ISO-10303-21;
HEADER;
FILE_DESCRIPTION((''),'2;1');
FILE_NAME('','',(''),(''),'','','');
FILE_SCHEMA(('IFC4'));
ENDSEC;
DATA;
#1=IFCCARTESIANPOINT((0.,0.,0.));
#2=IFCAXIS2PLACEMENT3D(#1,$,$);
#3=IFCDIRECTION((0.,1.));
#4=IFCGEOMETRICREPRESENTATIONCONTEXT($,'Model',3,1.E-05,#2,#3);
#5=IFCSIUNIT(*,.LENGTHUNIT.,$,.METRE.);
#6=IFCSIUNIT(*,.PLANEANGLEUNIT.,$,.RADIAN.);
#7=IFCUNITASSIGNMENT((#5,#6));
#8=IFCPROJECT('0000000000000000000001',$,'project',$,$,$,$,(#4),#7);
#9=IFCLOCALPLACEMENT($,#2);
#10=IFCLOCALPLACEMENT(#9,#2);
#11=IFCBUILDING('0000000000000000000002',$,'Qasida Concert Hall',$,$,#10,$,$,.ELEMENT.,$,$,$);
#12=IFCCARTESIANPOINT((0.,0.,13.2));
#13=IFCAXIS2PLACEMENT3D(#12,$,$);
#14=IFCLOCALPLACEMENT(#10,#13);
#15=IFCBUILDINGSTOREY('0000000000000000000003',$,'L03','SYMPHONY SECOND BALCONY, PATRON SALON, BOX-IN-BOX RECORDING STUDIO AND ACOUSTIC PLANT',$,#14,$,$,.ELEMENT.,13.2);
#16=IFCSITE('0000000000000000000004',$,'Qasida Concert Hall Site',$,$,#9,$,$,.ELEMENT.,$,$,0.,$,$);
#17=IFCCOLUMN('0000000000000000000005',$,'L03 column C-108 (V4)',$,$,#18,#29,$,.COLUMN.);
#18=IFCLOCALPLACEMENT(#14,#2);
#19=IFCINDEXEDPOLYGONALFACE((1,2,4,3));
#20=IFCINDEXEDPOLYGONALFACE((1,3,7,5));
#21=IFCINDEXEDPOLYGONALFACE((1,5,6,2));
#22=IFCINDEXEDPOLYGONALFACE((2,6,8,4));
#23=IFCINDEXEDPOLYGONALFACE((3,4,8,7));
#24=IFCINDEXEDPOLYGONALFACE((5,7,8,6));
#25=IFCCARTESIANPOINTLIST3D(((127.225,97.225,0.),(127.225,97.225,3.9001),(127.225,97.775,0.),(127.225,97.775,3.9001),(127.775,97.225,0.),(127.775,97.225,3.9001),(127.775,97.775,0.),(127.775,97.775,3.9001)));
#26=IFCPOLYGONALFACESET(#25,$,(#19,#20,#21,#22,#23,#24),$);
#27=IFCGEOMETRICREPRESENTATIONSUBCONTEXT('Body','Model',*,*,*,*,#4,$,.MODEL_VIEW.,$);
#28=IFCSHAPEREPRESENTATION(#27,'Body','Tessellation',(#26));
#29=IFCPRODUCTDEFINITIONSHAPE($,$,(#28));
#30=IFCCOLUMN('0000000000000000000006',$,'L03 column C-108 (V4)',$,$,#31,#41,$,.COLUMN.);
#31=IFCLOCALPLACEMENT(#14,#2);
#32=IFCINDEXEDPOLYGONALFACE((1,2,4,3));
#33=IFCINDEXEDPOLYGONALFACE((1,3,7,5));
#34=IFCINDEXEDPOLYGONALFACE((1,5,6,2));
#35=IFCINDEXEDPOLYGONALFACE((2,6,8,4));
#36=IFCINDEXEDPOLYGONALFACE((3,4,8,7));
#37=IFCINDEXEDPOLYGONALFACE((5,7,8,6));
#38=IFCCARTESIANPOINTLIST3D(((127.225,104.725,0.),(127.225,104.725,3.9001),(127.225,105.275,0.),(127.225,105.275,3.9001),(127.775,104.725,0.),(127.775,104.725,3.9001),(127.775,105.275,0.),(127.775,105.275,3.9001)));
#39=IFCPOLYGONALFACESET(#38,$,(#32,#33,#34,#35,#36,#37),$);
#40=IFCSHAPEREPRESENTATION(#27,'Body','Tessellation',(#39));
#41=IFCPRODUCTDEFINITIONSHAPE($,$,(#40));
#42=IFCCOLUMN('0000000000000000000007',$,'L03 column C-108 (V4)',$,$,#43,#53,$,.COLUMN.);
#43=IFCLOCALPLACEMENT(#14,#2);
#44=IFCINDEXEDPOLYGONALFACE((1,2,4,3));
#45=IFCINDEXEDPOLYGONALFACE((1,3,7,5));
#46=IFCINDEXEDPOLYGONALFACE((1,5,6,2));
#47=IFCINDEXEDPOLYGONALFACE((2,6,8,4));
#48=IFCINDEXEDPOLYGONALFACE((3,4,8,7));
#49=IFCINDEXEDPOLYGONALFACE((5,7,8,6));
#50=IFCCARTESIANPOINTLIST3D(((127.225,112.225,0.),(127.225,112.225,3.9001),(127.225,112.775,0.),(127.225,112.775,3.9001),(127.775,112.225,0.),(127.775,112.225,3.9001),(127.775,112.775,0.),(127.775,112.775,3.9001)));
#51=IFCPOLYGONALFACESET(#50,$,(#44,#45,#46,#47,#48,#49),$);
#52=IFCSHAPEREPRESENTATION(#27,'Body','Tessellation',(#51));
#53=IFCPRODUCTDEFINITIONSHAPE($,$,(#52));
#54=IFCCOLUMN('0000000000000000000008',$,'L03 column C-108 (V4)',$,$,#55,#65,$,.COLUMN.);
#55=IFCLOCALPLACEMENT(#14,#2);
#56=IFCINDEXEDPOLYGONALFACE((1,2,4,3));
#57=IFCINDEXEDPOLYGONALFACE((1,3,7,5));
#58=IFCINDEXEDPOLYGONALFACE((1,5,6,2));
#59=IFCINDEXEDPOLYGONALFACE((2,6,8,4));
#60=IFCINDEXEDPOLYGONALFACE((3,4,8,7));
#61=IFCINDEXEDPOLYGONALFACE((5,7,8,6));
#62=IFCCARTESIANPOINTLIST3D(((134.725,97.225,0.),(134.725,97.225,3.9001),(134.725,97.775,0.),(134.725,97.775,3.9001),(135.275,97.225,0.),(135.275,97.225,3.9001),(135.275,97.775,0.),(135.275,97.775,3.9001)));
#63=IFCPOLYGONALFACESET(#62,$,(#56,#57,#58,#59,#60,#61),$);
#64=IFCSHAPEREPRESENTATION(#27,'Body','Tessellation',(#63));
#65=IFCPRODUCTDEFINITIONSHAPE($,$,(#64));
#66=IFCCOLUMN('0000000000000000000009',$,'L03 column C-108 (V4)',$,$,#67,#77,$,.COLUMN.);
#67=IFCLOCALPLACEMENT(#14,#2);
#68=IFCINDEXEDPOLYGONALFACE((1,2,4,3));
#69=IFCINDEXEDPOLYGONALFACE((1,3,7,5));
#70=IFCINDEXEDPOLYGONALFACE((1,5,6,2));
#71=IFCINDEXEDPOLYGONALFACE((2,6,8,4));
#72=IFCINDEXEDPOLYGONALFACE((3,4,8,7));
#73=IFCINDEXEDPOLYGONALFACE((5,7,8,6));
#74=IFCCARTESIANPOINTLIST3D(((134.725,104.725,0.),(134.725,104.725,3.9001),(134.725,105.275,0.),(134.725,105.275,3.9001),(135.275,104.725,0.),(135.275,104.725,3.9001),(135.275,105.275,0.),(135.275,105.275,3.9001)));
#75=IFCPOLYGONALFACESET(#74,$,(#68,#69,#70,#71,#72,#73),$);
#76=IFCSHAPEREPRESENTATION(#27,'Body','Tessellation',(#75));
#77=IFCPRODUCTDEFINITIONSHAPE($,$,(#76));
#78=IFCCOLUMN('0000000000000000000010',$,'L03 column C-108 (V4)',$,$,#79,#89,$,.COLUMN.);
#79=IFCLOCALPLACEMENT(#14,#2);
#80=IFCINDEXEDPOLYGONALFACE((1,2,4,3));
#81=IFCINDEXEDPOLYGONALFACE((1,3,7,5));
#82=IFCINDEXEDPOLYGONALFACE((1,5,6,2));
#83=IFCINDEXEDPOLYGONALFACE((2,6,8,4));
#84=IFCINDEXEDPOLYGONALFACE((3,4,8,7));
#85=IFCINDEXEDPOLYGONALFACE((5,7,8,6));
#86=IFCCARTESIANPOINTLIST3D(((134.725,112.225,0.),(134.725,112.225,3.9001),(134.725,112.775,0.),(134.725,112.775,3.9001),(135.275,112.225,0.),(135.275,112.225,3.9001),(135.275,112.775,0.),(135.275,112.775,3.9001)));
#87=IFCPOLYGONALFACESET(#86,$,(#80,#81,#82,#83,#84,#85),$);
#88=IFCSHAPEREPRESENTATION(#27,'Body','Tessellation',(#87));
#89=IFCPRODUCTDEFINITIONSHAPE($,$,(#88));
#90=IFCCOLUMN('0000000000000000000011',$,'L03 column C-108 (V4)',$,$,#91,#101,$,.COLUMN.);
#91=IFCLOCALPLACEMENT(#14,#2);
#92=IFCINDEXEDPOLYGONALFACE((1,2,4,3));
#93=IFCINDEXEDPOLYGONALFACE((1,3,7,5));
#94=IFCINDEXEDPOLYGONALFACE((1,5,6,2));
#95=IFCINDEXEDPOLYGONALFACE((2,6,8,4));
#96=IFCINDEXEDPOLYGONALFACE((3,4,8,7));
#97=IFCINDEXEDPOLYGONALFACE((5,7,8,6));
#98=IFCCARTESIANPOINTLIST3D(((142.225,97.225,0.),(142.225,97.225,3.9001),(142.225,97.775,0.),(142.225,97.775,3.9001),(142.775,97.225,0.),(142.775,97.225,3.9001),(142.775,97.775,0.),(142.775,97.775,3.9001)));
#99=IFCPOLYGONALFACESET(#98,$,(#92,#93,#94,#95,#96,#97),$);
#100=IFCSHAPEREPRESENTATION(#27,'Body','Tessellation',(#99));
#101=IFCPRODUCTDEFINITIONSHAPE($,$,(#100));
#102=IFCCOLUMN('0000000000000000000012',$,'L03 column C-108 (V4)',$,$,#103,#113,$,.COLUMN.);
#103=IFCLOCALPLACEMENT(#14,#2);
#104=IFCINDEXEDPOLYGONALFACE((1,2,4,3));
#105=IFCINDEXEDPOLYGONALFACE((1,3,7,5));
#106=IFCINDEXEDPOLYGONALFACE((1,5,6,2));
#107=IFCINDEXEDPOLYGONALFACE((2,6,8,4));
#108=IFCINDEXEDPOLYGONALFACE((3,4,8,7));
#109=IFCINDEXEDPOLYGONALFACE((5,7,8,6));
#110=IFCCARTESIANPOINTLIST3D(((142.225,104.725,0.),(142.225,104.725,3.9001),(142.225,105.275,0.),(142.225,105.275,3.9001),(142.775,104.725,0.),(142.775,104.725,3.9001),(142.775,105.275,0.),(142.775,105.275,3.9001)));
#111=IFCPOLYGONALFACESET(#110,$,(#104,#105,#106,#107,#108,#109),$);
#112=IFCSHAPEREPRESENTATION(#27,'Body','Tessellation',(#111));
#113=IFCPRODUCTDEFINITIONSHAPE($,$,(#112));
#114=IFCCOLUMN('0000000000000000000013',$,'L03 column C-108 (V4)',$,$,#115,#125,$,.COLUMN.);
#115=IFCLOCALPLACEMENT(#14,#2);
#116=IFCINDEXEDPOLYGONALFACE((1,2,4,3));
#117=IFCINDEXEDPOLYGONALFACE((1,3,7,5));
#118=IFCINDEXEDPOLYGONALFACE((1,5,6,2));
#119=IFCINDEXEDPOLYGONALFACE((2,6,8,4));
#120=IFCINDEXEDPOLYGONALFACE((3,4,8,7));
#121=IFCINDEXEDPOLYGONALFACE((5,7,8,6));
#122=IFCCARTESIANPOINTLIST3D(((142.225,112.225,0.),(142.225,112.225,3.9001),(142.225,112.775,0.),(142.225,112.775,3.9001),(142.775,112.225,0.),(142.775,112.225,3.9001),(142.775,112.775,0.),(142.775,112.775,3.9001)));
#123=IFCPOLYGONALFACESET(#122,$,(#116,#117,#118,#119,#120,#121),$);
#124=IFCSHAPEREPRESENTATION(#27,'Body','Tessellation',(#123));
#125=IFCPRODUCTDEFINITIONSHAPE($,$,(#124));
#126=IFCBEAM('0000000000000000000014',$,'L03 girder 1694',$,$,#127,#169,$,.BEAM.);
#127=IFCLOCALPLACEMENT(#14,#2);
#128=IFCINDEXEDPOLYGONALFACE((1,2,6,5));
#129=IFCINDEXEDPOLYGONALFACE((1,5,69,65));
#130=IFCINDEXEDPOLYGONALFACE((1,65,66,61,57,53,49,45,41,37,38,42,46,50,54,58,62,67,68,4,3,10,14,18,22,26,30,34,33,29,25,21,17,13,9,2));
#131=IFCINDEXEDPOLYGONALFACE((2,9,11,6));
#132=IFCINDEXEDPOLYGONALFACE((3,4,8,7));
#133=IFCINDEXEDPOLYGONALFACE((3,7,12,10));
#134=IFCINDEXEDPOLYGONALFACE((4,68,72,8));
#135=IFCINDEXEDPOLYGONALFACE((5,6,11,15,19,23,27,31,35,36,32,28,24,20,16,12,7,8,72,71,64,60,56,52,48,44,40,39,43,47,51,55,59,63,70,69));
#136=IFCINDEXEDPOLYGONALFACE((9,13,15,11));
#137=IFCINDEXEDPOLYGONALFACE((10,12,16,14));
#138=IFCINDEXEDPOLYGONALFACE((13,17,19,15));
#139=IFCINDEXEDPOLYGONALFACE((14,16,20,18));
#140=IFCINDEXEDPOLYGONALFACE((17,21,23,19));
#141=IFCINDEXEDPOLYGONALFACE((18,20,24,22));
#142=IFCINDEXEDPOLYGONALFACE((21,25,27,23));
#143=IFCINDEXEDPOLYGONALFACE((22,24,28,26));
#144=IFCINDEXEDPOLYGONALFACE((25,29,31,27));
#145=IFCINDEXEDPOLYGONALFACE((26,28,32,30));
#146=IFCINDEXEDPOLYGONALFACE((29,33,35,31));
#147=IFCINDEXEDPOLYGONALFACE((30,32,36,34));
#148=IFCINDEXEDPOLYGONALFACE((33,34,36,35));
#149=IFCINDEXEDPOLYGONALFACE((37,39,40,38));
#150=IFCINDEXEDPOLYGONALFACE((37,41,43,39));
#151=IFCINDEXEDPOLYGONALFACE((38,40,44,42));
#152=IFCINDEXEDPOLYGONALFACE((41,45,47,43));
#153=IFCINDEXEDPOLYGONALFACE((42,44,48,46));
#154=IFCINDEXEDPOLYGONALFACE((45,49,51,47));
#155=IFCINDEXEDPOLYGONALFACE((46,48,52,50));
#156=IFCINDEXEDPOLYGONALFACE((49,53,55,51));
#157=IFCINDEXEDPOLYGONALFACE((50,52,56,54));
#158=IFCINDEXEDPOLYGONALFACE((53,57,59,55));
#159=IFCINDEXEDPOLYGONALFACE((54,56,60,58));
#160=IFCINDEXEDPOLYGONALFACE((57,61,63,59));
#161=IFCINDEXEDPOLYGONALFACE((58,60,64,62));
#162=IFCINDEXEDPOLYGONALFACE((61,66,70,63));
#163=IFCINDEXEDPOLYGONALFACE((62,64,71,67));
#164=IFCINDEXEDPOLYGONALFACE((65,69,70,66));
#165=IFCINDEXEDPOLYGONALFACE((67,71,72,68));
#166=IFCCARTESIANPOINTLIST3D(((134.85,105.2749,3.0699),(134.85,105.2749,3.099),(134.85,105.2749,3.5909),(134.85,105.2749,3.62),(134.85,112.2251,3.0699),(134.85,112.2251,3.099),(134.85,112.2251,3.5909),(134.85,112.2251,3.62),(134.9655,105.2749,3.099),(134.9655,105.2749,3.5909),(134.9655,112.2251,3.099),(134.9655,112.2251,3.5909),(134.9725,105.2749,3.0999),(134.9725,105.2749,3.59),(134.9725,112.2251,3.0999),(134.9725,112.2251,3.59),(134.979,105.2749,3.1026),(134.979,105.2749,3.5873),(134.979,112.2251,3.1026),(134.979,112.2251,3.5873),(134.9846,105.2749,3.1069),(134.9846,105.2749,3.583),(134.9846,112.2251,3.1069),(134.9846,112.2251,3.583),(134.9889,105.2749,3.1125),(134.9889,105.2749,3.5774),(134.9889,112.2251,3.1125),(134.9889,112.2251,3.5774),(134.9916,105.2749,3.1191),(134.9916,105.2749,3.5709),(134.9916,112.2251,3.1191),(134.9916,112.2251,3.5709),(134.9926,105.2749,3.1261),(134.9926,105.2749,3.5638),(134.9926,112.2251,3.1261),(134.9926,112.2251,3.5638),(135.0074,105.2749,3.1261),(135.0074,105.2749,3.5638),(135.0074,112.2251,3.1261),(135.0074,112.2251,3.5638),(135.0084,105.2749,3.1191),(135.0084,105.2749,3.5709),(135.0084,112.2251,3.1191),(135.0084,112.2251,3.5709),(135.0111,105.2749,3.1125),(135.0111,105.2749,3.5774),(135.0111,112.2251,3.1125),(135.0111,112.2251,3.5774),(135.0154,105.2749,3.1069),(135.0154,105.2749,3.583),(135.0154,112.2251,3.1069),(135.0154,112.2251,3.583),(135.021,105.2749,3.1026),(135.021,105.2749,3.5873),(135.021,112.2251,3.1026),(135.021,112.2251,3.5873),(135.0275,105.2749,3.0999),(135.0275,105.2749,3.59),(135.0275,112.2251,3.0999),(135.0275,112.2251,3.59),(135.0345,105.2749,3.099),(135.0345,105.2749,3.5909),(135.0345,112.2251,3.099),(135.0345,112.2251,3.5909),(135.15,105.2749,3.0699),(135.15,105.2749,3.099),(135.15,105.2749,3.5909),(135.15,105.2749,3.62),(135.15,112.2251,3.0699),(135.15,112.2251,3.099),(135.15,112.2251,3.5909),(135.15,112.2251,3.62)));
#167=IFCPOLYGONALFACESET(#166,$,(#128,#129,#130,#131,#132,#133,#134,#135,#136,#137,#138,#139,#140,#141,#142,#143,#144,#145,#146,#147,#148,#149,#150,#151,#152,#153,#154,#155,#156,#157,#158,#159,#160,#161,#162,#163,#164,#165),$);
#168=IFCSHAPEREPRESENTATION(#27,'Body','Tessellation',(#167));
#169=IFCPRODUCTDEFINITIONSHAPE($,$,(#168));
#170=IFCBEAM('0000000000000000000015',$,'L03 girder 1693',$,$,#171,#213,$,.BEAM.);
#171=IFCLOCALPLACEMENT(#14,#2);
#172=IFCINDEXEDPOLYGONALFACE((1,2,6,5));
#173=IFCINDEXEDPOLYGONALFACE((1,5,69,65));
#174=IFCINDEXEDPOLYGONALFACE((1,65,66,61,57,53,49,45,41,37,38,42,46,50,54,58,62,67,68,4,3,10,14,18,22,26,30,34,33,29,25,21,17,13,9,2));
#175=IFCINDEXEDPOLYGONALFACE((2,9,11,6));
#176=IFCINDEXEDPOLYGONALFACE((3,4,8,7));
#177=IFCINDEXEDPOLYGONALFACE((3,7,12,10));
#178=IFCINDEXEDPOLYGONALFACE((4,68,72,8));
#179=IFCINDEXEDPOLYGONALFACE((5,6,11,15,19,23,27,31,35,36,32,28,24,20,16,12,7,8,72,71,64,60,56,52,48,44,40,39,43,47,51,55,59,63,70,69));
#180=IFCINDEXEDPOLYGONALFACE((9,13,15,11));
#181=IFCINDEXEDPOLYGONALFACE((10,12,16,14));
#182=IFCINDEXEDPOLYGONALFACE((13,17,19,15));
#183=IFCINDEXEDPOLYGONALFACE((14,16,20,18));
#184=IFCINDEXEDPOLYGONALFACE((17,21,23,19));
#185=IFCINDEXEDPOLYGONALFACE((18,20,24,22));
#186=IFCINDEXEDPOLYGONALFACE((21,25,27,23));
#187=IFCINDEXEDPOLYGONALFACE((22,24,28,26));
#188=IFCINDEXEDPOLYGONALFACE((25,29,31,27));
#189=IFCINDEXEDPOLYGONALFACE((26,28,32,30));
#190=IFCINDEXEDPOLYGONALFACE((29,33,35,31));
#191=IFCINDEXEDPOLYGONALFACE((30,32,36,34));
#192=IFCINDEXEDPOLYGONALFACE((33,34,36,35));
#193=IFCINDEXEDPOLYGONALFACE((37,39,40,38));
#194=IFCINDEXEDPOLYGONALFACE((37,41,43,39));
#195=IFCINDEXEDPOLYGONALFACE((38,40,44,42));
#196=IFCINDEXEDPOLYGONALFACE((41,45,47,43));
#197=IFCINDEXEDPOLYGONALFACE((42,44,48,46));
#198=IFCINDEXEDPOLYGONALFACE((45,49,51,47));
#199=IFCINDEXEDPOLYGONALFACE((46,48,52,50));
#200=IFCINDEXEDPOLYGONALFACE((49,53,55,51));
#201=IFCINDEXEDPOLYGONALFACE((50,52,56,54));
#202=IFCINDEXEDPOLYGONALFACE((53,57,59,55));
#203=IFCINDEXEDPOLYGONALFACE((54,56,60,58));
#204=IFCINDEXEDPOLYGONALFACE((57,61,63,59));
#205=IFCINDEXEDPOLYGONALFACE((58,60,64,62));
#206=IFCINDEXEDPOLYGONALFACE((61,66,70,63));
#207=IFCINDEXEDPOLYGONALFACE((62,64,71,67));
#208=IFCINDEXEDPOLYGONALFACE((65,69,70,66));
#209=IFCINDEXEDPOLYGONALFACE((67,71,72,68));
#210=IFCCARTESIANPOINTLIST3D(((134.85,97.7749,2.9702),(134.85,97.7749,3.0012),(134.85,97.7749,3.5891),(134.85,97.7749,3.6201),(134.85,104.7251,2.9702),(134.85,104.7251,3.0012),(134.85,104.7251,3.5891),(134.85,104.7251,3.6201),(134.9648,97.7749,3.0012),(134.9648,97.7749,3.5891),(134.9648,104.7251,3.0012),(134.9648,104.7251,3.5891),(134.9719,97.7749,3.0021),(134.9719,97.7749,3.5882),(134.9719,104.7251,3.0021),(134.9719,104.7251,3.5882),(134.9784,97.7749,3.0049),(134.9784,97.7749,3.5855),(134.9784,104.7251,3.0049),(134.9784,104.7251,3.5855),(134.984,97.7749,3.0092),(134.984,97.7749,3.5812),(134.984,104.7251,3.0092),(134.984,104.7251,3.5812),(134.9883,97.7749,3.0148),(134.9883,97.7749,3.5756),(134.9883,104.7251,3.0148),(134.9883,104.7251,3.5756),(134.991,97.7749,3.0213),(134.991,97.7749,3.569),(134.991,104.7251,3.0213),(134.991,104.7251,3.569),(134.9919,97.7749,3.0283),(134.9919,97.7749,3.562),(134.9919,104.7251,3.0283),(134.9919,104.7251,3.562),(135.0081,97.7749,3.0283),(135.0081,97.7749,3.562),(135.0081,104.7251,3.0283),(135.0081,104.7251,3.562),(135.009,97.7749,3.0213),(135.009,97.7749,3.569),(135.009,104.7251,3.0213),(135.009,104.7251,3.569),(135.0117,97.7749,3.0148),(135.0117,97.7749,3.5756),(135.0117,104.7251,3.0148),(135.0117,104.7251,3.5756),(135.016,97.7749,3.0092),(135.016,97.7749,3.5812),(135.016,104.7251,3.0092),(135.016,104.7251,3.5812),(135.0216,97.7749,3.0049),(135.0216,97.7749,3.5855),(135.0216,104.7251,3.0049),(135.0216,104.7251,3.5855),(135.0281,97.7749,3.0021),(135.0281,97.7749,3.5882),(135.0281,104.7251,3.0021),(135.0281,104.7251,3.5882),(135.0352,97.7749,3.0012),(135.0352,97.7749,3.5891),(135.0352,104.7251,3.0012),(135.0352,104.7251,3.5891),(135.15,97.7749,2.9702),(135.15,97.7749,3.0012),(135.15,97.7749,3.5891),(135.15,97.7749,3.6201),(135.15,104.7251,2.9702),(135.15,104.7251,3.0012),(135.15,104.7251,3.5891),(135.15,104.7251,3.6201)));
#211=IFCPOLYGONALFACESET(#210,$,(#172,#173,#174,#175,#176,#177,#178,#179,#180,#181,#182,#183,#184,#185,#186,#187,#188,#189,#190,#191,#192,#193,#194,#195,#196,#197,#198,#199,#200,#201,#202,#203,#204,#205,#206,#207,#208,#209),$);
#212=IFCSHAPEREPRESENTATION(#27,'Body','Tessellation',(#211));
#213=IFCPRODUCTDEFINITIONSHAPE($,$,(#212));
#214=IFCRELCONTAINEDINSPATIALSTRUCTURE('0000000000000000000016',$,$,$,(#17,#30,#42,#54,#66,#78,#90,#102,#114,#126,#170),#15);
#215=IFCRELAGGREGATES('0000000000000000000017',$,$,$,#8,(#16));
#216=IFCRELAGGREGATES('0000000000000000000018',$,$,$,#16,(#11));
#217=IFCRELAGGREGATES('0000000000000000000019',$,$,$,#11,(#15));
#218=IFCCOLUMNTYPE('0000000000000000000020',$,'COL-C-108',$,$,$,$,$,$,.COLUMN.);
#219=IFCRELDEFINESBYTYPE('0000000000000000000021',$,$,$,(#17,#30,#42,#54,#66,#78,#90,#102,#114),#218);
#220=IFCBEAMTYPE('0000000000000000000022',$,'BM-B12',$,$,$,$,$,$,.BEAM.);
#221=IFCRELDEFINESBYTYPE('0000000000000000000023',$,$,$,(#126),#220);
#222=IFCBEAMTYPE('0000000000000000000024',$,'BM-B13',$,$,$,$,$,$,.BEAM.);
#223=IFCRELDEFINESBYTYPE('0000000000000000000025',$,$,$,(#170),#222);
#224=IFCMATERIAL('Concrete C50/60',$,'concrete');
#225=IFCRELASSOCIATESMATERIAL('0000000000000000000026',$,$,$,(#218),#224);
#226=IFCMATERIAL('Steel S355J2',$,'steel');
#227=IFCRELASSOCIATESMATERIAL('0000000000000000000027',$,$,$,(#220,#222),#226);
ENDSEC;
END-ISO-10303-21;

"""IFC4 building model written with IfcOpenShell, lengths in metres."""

from ifc_helpers import new_model, si_unit, direction, frame, origin, origin_2d, place, context, subcontext, project, spatial, rectangle, i_section, extrude, material, material_profile, profile_set, type_object, element, save


model = new_model("IFC4")

# Units and contexts
model_context = context("Model", 3, precision=1e-05, world=origin(), true_north=direction((0.0, 1.0)))
body_context = subcontext(model_context, "Body", "Model", "MODEL_VIEW")
ifc_project = project(units=[si_unit("LENGTHUNIT", "METRE"), si_unit("PLANEANGLEUNIT", "RADIAN")], contexts=[model_context])

# Site, building, storey
site_placement = place(None, origin())
site = spatial("IfcSite", under=ifc_project, at=site_placement, Name="Qasida Concert Hall Site", CompositionType="ELEMENT", RefElevation=0.0)
building_placement = place(site_placement, origin())
building = spatial("IfcBuilding", under=site, at=building_placement, Name="Qasida Concert Hall", CompositionType="ELEMENT")
storey_placement = place(building_placement, frame((0.0, 0.0, 13.2)))
storey = spatial("IfcBuildingStorey", under=building, at=storey_placement, Name="L03", Description="SYMPHONY SECOND BALCONY, PATRON SALON, BOX-IN-BOX RECORDING STUDIO AND ACOUSTIC PLANT", CompositionType="ELEMENT", Elevation=13.2)

# Columns
ifc_material_1 = material(Name="Concrete C50/60", Category="concrete")
ifc_material_profile_1 = material_profile(ifc_material_1, rectangle(XDim=0.55, YDim=0.55, at=origin_2d()), Name="RC 550x550")
ifc_profile_set_1 = profile_set([ifc_material_profile_1], Name="Concrete C50/60")
column_type = type_object("IfcColumnType", Name="COL-C-108", PredefinedType="COLUMN", material=ifc_profile_set_1)
for number, where, z_axis, x_axis, name in (
    (1, (127.5, 97.5, 0.0), (0.0, 0.0, 1.0), (1.0, 0.0, 0.0), "L03 column C-108 (V4)"),
    (2, (127.5, 105.0, 0.0), (0.0, 0.0, 1.0), (1.0, 0.0, 0.0), "L03 column C-108 (V4)"),
    (3, (127.5, 112.5, 0.0), (0.0, 0.0, 1.0), (1.0, 0.0, 0.0), "L03 column C-108 (V4)"),
    (4, (135.0, 97.5, 0.0), (0.0, 0.0, 1.0), (1.0, 0.0, 0.0), "L03 column C-108 (V4)"),
    (5, (135.0, 105.0, 0.0), (0.0, 0.0, 1.0), (1.0, 0.0, 0.0), "L03 column C-108 (V4)"),
    (6, (135.0, 112.5, 0.0), (0.0, 0.0, 1.0), (1.0, 0.0, 0.0), "L03 column C-108 (V4)"),
    (7, (142.5, 97.5, 0.0), (0.0, 0.0, 1.0), (1.0, 0.0, 0.0), "L03 column C-108 (V4)"),
    (8, (142.5, 105.0, 0.0), (0.0, 0.0, 1.0), (1.0, 0.0, 0.0), "L03 column C-108 (V4)"),
    (9, (142.5, 112.5, 0.0), (0.0, 0.0, 1.0), (1.0, 0.0, 0.0), "L03 column C-108 (V4)"),
):
    element("IfcColumn", number, at=place(storey_placement, frame(where, z_axis=z_axis, x_axis=x_axis)), inside=storey, type_object=column_type, Name=name, PredefinedType="COLUMN", context=body_context, shape_type="SweptSolid", body=[
        extrude(rectangle(XDim=0.55, YDim=0.55, at=origin_2d()), origin(), (0.0, 0.0, 1.0), 3.9001),
    ])

# Beams
ifc_material_2 = material(Name="Steel S355J2", Category="steel")
ifc_material_profile_2 = material_profile(ifc_material_2, i_section(OverallWidth=0.3, OverallDepth=0.55, WebThickness=0.0149, FlangeThickness=0.0291, FilletRadius=0.0271, at=origin_2d()), Name="HEB 550")
ifc_profile_set_2 = profile_set([ifc_material_profile_2], Name="Steel S355J2")
beam_type_1 = type_object("IfcBeamType", Name="BM-B12", PredefinedType="BEAM", material=ifc_profile_set_2)
beam_1_placement = place(storey_placement, frame((135.0, 105.2749, 3.345), z_axis=(0.0, 1.0, 0.0), x_axis=(-1.0, 0.0, 0.0)))
element("IfcBeam", 10, at=beam_1_placement, inside=storey, type_object=beam_type_1, Name="L03 girder 1694", PredefinedType="BEAM", context=body_context, shape_type="SweptSolid", body=[
    extrude(i_section(OverallWidth=0.3, OverallDepth=0.55, WebThickness=0.0149, FlangeThickness=0.0291, FilletRadius=0.0271, at=origin_2d()), origin(), (0.0, 0.0, 1.0), 6.9502),
])
ifc_material_profile_3 = material_profile(ifc_material_2, i_section(OverallWidth=0.3, OverallDepth=0.6499, WebThickness=0.0161, FlangeThickness=0.031, FilletRadius=0.0271, at=origin_2d()), Name="HEB 650")
ifc_profile_set_3 = profile_set([ifc_material_profile_3], Name="Steel S355J2")
beam_type_2 = type_object("IfcBeamType", Name="BM-B13", PredefinedType="BEAM", material=ifc_profile_set_3)
beam_2_placement = place(storey_placement, frame((135.0, 97.7749, 3.2952), z_axis=(0.0, 1.0, 0.0), x_axis=(-1.0, 0.0, 0.0)))
element("IfcBeam", 11, at=beam_2_placement, inside=storey, type_object=beam_type_2, Name="L03 girder 1693", PredefinedType="BEAM", context=body_context, shape_type="SweptSolid", body=[
    extrude(i_section(OverallWidth=0.3, OverallDepth=0.6499, WebThickness=0.0161, FlangeThickness=0.031, FilletRadius=0.0271, at=origin_2d()), origin(), (0.0, 0.0, 1.0), 6.9502),
])

save(model, "model.ifc")
